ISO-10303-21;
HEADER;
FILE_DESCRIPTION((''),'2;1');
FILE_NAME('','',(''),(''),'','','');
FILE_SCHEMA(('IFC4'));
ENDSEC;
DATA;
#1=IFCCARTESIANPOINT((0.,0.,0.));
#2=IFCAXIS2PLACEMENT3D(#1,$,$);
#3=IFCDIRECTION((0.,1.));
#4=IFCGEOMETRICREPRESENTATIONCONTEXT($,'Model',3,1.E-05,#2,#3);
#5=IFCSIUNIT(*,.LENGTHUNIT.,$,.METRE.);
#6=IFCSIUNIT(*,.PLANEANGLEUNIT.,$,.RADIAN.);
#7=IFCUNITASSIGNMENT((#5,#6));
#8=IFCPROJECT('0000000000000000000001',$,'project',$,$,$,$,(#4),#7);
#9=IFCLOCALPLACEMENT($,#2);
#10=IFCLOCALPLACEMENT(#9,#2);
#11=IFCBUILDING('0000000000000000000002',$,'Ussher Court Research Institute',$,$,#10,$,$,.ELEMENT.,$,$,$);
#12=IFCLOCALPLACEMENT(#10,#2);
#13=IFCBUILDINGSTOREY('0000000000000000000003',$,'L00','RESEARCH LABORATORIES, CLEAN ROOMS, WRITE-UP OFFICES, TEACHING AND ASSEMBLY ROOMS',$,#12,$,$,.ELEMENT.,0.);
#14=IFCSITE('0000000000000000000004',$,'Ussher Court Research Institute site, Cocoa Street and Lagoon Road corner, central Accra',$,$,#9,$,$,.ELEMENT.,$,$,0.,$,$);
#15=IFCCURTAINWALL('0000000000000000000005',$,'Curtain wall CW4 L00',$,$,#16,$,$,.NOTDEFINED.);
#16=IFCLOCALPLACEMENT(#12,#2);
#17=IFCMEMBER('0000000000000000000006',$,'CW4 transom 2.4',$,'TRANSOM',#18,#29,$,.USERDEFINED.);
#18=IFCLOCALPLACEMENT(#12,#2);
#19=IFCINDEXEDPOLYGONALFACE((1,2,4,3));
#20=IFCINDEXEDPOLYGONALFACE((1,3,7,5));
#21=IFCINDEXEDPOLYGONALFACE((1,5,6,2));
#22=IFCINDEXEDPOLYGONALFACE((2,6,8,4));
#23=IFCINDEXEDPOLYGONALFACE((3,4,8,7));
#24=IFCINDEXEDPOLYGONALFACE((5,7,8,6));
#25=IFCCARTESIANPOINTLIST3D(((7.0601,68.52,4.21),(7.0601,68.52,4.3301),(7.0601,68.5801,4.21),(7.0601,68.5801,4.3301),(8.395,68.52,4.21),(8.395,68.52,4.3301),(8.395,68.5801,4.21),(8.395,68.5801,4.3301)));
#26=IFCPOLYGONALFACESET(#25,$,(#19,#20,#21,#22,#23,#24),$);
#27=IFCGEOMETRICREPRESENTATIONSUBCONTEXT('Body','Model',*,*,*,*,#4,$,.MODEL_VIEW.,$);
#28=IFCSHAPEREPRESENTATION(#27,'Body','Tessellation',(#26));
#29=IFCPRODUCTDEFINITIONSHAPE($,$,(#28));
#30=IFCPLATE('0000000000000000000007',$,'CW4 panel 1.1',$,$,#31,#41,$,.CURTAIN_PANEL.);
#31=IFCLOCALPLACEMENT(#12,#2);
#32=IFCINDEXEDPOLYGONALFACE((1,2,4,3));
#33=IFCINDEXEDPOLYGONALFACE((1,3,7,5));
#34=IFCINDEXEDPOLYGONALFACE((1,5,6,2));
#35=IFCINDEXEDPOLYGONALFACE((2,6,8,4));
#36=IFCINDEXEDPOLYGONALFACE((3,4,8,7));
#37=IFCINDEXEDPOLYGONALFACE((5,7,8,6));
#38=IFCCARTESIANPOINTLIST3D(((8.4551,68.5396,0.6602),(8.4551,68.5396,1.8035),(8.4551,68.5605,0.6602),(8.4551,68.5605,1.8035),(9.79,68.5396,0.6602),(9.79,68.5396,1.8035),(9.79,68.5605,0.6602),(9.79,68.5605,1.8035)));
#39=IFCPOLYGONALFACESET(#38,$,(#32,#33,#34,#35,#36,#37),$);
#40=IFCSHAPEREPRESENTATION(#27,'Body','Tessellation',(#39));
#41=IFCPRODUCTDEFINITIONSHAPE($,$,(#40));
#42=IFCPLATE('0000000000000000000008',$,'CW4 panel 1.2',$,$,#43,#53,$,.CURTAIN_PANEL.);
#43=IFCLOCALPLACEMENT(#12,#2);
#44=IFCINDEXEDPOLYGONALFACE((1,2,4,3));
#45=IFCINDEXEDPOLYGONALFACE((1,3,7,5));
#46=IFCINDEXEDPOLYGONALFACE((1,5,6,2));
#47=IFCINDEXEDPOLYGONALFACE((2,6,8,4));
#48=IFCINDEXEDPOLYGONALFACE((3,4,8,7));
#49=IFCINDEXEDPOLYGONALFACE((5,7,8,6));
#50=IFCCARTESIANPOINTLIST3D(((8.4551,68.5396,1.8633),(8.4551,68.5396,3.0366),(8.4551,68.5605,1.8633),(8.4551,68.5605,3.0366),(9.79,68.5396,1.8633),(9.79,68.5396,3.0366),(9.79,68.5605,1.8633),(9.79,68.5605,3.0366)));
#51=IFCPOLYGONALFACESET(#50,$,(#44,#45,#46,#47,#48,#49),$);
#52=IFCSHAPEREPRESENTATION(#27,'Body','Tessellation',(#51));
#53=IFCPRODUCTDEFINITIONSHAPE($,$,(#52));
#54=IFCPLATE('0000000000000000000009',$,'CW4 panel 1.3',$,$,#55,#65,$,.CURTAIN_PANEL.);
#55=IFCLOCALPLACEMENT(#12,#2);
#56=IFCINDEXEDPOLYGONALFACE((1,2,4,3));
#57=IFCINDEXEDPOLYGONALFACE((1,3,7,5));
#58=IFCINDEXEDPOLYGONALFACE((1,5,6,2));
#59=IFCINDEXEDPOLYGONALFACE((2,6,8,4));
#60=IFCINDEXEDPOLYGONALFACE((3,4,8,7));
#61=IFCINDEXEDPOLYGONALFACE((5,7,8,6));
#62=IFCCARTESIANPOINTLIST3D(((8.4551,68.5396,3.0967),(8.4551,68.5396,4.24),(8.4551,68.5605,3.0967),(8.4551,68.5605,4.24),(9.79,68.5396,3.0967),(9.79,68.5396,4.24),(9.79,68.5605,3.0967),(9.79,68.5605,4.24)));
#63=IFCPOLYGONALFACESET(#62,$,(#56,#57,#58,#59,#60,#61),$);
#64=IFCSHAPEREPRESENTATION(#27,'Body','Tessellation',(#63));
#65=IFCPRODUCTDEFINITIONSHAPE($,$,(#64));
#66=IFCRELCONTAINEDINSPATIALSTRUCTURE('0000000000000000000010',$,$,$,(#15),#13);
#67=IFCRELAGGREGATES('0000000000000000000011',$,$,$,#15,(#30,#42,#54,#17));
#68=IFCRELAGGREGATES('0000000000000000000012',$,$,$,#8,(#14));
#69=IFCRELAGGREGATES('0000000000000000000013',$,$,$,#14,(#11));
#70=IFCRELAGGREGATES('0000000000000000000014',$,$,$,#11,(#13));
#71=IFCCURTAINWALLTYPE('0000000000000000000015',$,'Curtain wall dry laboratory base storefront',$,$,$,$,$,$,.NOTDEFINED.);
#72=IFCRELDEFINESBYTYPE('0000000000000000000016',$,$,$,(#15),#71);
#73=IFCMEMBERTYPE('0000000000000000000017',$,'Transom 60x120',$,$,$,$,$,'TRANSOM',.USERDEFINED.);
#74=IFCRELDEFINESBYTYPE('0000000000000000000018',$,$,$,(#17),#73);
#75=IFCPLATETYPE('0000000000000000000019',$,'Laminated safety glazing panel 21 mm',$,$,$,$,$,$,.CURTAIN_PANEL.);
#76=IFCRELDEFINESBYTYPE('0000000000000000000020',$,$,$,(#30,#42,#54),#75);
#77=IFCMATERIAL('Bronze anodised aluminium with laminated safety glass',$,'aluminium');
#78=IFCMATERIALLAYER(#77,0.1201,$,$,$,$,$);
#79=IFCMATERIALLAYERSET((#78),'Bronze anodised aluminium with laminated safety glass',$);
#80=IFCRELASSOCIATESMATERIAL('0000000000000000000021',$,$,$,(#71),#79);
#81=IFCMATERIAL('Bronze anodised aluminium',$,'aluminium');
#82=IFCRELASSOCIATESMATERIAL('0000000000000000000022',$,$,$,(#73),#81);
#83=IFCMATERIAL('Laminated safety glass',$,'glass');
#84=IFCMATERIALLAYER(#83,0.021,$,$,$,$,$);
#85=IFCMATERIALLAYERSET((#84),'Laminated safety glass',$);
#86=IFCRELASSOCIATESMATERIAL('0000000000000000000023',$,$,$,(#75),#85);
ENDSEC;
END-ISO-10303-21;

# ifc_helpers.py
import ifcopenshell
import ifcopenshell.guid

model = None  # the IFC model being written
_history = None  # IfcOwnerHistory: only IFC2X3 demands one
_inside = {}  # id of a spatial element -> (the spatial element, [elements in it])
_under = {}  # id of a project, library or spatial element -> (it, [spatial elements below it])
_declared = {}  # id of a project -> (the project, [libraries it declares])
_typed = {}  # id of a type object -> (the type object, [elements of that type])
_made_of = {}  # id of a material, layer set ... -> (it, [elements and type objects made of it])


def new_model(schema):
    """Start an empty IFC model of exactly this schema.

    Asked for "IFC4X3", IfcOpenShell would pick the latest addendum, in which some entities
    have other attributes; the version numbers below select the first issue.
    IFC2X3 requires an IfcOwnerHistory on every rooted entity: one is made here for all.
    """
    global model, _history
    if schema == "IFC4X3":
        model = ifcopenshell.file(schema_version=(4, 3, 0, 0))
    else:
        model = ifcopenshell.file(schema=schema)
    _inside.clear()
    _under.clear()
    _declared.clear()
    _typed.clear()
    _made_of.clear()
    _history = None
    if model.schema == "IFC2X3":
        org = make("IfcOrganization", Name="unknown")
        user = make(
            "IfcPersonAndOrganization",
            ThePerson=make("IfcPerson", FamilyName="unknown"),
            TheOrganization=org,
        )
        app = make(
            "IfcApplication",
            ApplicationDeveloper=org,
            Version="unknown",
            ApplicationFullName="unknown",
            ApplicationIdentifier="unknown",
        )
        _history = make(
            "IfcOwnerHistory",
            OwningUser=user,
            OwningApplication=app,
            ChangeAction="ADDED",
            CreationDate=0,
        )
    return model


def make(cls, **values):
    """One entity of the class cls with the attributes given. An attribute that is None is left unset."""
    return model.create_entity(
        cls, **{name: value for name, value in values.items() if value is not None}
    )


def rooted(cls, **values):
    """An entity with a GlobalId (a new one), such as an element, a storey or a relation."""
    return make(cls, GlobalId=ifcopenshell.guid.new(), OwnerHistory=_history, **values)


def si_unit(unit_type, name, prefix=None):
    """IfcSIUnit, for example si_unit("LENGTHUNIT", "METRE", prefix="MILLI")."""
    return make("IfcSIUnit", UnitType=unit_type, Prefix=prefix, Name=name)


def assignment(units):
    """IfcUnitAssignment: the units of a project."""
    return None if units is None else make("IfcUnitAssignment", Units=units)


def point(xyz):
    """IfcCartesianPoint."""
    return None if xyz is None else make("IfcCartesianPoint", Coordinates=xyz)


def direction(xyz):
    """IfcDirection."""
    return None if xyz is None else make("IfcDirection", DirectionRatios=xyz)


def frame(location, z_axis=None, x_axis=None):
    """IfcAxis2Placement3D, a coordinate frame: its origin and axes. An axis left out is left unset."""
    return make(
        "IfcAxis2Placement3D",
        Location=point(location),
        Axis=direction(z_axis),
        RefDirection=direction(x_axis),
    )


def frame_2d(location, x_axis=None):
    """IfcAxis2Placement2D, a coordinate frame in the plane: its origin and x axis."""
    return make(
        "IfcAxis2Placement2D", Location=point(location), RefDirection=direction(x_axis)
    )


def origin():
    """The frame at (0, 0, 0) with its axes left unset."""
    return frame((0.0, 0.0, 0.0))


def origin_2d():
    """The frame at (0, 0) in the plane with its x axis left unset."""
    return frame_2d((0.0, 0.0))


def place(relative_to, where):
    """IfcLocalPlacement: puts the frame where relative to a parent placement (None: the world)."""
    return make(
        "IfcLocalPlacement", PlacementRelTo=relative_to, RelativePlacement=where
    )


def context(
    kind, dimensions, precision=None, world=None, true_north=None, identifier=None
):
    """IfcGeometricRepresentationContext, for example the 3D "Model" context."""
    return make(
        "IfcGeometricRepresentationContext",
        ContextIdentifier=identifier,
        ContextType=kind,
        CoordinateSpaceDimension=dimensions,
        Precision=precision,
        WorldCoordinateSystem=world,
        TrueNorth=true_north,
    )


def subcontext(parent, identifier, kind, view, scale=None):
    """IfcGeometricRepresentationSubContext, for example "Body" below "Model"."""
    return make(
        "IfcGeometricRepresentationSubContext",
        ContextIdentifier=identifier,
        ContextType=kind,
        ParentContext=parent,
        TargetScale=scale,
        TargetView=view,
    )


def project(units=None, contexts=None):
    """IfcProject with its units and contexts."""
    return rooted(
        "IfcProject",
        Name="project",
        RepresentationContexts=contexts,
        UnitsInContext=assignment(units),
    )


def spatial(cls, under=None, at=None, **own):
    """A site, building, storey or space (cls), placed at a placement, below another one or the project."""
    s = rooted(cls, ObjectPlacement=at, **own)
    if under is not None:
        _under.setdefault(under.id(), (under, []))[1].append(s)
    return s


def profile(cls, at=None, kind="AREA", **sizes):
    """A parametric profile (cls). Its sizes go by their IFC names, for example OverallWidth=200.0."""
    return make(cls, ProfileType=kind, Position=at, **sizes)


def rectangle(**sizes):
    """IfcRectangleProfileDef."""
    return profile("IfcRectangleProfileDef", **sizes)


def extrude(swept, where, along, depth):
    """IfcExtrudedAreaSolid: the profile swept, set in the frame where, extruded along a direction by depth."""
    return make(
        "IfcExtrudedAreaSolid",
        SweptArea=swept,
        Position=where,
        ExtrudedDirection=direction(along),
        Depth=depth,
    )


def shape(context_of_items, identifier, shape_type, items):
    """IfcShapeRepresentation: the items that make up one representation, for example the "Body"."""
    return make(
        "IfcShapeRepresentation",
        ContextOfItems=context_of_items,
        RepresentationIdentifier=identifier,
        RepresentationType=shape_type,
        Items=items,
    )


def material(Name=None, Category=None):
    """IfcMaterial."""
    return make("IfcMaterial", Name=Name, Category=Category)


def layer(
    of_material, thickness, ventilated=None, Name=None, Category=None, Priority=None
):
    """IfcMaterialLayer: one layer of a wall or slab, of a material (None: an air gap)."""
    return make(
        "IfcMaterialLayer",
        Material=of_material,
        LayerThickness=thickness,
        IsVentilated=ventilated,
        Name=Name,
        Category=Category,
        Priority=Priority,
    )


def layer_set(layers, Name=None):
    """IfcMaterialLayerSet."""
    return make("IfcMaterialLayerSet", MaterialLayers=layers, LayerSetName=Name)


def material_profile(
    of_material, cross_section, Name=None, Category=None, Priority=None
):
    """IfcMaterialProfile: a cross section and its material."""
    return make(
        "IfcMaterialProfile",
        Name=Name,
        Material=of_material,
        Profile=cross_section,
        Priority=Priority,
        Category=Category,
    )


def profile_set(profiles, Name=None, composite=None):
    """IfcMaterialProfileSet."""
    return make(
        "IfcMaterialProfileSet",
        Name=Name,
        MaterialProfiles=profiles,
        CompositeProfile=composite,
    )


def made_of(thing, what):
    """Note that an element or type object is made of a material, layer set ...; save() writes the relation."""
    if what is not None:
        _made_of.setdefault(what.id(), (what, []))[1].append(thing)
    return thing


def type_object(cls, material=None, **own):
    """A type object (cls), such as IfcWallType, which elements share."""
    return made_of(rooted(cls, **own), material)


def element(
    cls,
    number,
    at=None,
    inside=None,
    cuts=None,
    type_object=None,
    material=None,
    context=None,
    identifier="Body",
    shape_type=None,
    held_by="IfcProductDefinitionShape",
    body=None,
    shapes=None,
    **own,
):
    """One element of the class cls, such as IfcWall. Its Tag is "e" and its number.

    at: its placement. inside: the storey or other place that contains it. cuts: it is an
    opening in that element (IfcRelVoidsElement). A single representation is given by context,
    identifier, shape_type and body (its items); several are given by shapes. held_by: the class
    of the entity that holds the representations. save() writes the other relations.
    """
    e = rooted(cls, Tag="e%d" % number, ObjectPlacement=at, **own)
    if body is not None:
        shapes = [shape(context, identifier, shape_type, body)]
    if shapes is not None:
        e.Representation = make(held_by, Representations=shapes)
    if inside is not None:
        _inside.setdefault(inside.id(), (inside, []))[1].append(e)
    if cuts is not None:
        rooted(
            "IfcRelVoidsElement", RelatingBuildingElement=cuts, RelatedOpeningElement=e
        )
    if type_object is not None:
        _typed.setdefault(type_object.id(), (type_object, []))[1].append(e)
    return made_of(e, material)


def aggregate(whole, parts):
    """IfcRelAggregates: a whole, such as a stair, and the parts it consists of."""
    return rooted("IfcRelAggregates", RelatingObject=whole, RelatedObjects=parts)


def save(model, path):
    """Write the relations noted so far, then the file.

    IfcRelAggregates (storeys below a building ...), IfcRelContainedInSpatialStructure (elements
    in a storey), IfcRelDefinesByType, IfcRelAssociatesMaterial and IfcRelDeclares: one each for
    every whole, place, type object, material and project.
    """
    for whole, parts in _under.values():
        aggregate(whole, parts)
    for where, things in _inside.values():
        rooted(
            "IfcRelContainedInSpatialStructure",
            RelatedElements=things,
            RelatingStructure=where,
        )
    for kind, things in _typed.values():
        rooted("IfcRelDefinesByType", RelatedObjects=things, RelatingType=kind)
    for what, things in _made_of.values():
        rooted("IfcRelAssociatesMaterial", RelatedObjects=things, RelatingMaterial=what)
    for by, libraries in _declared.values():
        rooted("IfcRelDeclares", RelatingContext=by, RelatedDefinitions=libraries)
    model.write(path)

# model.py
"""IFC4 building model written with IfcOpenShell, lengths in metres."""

from ifc_helpers import new_model, si_unit, direction, frame, origin, origin_2d, place, context, subcontext, project, spatial, rectangle, extrude, material, layer, layer_set, material_profile, profile_set, type_object, element, aggregate, save


model = new_model("IFC4")

# Units and contexts
model_context = context("Model", 3, precision=1e-05, world=origin(), true_north=direction((0.0, 1.0)))
body_context = subcontext(model_context, "Body", "Model", "MODEL_VIEW")
ifc_project = project(units=[si_unit("LENGTHUNIT", "METRE"), si_unit("PLANEANGLEUNIT", "RADIAN")], contexts=[model_context])

# Site, building, storey
site_placement = place(None, origin())
site = spatial("IfcSite", under=ifc_project, at=site_placement, Name="Ussher Court Research Institute site, Cocoa Street and Lagoon Road corner, central Accra", CompositionType="ELEMENT", RefElevation=0.0)
building_placement = place(site_placement, origin())
building = spatial("IfcBuilding", under=site, at=building_placement, Name="Ussher Court Research Institute", CompositionType="ELEMENT")
storey_placement = place(building_placement, origin())
storey = spatial("IfcBuildingStorey", under=building, at=storey_placement, Name="L00", Description="RESEARCH LABORATORIES, CLEAN ROOMS, WRITE-UP OFFICES, TEACHING AND ASSEMBLY ROOMS", CompositionType="ELEMENT", Elevation=0.0)

# Curtain wall
ifc_material_1 = material(Name="Bronze anodised aluminium with laminated safety glass", Category="aluminium")
ifc_layer_1 = layer(ifc_material_1, 0.1201)
ifc_layer_set_1 = layer_set([ifc_layer_1], Name="Bronze anodised aluminium with laminated safety glass")
curtain_wall_type = type_object("IfcCurtainWallType", Name="Curtain wall dry laboratory base storefront", PredefinedType="NOTDEFINED", material=ifc_layer_set_1)
curtain_wall_placement = place(storey_placement, origin())
curtain_wall = element("IfcCurtainWall", 1, at=curtain_wall_placement, inside=storey, type_object=curtain_wall_type, Name="Curtain wall CW4 L00", PredefinedType="NOTDEFINED")

# Member
ifc_material_2 = material(Name="Bronze anodised aluminium", Category="aluminium")
ifc_material_profile_1 = material_profile(ifc_material_2, rectangle(XDim=0.0601, YDim=0.1201, at=origin_2d()), Name="Transom 60x120")
ifc_profile_set_1 = profile_set([ifc_material_profile_1], Name="Bronze anodised aluminium")
member_type_1 = type_object("IfcMemberType", Name="Transom 60x120", ElementType="TRANSOM", PredefinedType="USERDEFINED", material=ifc_profile_set_1)
member_1_placement = place(storey_placement, frame((8.395, 68.55, 4.27), z_axis=(-1.0, 0.0, 0.0), x_axis=(0.0, -1.0, 0.0)))
member_1 = element("IfcMember", 2, at=member_1_placement, type_object=member_type_1, Name="CW4 transom 2.4", ObjectType="TRANSOM", PredefinedType="USERDEFINED", context=body_context, shape_type="SweptSolid", body=[
    extrude(rectangle(XDim=0.0601, YDim=0.1201, at=origin_2d()), origin(), (0.0, 0.0, 1.0), 1.335),
])

# Plates
ifc_material_3 = material(Name="Laminated safety glass", Category="glass")
ifc_layer_2 = layer(ifc_material_3, 0.021)
ifc_layer_set_2 = layer_set([ifc_layer_2], Name="Laminated safety glass")
plate_type = type_object("IfcPlateType", Name="Laminated safety glazing panel 21 mm", PredefinedType="CURTAIN_PANEL", material=ifc_layer_set_2)
plate_1_placement = place(storey_placement, frame((9.1226, 68.55, 0.6602), z_axis=(0.0, 0.0, 1.0), x_axis=(-1.0, 0.0, 0.0)))
plate_1 = element("IfcPlate", 3, at=plate_1_placement, type_object=plate_type, Name="CW4 panel 1.1", PredefinedType="CURTAIN_PANEL", context=body_context, shape_type="SweptSolid", body=[
    extrude(rectangle(XDim=1.335, YDim=0.021, at=origin_2d()), origin(), (0.0, 0.0, 1.0), 1.1433),
])
plate_2_placement = place(storey_placement, frame((9.1226, 68.55, 1.8633), z_axis=(0.0, 0.0, 1.0), x_axis=(-1.0, 0.0, 0.0)))
plate_2 = element("IfcPlate", 4, at=plate_2_placement, type_object=plate_type, Name="CW4 panel 1.2", PredefinedType="CURTAIN_PANEL", context=body_context, shape_type="SweptSolid", body=[
    extrude(rectangle(XDim=1.335, YDim=0.021, at=origin_2d()), origin(), (0.0, 0.0, 1.0), 1.1733),
])
plate_3_placement = place(storey_placement, frame((9.1226, 68.55, 3.0967), z_axis=(0.0, 0.0, 1.0), x_axis=(-1.0, 0.0, 0.0)))
plate_3 = element("IfcPlate", 5, at=plate_3_placement, type_object=plate_type, Name="CW4 panel 1.3", PredefinedType="CURTAIN_PANEL", context=body_context, shape_type="SweptSolid", body=[
    extrude(rectangle(XDim=1.335, YDim=0.021, at=origin_2d()), origin(), (0.0, 0.0, 1.0), 1.1433),
])
aggregate(curtain_wall, [plate_1, plate_2, plate_3, member_1])

save(model, "model.ifc")
